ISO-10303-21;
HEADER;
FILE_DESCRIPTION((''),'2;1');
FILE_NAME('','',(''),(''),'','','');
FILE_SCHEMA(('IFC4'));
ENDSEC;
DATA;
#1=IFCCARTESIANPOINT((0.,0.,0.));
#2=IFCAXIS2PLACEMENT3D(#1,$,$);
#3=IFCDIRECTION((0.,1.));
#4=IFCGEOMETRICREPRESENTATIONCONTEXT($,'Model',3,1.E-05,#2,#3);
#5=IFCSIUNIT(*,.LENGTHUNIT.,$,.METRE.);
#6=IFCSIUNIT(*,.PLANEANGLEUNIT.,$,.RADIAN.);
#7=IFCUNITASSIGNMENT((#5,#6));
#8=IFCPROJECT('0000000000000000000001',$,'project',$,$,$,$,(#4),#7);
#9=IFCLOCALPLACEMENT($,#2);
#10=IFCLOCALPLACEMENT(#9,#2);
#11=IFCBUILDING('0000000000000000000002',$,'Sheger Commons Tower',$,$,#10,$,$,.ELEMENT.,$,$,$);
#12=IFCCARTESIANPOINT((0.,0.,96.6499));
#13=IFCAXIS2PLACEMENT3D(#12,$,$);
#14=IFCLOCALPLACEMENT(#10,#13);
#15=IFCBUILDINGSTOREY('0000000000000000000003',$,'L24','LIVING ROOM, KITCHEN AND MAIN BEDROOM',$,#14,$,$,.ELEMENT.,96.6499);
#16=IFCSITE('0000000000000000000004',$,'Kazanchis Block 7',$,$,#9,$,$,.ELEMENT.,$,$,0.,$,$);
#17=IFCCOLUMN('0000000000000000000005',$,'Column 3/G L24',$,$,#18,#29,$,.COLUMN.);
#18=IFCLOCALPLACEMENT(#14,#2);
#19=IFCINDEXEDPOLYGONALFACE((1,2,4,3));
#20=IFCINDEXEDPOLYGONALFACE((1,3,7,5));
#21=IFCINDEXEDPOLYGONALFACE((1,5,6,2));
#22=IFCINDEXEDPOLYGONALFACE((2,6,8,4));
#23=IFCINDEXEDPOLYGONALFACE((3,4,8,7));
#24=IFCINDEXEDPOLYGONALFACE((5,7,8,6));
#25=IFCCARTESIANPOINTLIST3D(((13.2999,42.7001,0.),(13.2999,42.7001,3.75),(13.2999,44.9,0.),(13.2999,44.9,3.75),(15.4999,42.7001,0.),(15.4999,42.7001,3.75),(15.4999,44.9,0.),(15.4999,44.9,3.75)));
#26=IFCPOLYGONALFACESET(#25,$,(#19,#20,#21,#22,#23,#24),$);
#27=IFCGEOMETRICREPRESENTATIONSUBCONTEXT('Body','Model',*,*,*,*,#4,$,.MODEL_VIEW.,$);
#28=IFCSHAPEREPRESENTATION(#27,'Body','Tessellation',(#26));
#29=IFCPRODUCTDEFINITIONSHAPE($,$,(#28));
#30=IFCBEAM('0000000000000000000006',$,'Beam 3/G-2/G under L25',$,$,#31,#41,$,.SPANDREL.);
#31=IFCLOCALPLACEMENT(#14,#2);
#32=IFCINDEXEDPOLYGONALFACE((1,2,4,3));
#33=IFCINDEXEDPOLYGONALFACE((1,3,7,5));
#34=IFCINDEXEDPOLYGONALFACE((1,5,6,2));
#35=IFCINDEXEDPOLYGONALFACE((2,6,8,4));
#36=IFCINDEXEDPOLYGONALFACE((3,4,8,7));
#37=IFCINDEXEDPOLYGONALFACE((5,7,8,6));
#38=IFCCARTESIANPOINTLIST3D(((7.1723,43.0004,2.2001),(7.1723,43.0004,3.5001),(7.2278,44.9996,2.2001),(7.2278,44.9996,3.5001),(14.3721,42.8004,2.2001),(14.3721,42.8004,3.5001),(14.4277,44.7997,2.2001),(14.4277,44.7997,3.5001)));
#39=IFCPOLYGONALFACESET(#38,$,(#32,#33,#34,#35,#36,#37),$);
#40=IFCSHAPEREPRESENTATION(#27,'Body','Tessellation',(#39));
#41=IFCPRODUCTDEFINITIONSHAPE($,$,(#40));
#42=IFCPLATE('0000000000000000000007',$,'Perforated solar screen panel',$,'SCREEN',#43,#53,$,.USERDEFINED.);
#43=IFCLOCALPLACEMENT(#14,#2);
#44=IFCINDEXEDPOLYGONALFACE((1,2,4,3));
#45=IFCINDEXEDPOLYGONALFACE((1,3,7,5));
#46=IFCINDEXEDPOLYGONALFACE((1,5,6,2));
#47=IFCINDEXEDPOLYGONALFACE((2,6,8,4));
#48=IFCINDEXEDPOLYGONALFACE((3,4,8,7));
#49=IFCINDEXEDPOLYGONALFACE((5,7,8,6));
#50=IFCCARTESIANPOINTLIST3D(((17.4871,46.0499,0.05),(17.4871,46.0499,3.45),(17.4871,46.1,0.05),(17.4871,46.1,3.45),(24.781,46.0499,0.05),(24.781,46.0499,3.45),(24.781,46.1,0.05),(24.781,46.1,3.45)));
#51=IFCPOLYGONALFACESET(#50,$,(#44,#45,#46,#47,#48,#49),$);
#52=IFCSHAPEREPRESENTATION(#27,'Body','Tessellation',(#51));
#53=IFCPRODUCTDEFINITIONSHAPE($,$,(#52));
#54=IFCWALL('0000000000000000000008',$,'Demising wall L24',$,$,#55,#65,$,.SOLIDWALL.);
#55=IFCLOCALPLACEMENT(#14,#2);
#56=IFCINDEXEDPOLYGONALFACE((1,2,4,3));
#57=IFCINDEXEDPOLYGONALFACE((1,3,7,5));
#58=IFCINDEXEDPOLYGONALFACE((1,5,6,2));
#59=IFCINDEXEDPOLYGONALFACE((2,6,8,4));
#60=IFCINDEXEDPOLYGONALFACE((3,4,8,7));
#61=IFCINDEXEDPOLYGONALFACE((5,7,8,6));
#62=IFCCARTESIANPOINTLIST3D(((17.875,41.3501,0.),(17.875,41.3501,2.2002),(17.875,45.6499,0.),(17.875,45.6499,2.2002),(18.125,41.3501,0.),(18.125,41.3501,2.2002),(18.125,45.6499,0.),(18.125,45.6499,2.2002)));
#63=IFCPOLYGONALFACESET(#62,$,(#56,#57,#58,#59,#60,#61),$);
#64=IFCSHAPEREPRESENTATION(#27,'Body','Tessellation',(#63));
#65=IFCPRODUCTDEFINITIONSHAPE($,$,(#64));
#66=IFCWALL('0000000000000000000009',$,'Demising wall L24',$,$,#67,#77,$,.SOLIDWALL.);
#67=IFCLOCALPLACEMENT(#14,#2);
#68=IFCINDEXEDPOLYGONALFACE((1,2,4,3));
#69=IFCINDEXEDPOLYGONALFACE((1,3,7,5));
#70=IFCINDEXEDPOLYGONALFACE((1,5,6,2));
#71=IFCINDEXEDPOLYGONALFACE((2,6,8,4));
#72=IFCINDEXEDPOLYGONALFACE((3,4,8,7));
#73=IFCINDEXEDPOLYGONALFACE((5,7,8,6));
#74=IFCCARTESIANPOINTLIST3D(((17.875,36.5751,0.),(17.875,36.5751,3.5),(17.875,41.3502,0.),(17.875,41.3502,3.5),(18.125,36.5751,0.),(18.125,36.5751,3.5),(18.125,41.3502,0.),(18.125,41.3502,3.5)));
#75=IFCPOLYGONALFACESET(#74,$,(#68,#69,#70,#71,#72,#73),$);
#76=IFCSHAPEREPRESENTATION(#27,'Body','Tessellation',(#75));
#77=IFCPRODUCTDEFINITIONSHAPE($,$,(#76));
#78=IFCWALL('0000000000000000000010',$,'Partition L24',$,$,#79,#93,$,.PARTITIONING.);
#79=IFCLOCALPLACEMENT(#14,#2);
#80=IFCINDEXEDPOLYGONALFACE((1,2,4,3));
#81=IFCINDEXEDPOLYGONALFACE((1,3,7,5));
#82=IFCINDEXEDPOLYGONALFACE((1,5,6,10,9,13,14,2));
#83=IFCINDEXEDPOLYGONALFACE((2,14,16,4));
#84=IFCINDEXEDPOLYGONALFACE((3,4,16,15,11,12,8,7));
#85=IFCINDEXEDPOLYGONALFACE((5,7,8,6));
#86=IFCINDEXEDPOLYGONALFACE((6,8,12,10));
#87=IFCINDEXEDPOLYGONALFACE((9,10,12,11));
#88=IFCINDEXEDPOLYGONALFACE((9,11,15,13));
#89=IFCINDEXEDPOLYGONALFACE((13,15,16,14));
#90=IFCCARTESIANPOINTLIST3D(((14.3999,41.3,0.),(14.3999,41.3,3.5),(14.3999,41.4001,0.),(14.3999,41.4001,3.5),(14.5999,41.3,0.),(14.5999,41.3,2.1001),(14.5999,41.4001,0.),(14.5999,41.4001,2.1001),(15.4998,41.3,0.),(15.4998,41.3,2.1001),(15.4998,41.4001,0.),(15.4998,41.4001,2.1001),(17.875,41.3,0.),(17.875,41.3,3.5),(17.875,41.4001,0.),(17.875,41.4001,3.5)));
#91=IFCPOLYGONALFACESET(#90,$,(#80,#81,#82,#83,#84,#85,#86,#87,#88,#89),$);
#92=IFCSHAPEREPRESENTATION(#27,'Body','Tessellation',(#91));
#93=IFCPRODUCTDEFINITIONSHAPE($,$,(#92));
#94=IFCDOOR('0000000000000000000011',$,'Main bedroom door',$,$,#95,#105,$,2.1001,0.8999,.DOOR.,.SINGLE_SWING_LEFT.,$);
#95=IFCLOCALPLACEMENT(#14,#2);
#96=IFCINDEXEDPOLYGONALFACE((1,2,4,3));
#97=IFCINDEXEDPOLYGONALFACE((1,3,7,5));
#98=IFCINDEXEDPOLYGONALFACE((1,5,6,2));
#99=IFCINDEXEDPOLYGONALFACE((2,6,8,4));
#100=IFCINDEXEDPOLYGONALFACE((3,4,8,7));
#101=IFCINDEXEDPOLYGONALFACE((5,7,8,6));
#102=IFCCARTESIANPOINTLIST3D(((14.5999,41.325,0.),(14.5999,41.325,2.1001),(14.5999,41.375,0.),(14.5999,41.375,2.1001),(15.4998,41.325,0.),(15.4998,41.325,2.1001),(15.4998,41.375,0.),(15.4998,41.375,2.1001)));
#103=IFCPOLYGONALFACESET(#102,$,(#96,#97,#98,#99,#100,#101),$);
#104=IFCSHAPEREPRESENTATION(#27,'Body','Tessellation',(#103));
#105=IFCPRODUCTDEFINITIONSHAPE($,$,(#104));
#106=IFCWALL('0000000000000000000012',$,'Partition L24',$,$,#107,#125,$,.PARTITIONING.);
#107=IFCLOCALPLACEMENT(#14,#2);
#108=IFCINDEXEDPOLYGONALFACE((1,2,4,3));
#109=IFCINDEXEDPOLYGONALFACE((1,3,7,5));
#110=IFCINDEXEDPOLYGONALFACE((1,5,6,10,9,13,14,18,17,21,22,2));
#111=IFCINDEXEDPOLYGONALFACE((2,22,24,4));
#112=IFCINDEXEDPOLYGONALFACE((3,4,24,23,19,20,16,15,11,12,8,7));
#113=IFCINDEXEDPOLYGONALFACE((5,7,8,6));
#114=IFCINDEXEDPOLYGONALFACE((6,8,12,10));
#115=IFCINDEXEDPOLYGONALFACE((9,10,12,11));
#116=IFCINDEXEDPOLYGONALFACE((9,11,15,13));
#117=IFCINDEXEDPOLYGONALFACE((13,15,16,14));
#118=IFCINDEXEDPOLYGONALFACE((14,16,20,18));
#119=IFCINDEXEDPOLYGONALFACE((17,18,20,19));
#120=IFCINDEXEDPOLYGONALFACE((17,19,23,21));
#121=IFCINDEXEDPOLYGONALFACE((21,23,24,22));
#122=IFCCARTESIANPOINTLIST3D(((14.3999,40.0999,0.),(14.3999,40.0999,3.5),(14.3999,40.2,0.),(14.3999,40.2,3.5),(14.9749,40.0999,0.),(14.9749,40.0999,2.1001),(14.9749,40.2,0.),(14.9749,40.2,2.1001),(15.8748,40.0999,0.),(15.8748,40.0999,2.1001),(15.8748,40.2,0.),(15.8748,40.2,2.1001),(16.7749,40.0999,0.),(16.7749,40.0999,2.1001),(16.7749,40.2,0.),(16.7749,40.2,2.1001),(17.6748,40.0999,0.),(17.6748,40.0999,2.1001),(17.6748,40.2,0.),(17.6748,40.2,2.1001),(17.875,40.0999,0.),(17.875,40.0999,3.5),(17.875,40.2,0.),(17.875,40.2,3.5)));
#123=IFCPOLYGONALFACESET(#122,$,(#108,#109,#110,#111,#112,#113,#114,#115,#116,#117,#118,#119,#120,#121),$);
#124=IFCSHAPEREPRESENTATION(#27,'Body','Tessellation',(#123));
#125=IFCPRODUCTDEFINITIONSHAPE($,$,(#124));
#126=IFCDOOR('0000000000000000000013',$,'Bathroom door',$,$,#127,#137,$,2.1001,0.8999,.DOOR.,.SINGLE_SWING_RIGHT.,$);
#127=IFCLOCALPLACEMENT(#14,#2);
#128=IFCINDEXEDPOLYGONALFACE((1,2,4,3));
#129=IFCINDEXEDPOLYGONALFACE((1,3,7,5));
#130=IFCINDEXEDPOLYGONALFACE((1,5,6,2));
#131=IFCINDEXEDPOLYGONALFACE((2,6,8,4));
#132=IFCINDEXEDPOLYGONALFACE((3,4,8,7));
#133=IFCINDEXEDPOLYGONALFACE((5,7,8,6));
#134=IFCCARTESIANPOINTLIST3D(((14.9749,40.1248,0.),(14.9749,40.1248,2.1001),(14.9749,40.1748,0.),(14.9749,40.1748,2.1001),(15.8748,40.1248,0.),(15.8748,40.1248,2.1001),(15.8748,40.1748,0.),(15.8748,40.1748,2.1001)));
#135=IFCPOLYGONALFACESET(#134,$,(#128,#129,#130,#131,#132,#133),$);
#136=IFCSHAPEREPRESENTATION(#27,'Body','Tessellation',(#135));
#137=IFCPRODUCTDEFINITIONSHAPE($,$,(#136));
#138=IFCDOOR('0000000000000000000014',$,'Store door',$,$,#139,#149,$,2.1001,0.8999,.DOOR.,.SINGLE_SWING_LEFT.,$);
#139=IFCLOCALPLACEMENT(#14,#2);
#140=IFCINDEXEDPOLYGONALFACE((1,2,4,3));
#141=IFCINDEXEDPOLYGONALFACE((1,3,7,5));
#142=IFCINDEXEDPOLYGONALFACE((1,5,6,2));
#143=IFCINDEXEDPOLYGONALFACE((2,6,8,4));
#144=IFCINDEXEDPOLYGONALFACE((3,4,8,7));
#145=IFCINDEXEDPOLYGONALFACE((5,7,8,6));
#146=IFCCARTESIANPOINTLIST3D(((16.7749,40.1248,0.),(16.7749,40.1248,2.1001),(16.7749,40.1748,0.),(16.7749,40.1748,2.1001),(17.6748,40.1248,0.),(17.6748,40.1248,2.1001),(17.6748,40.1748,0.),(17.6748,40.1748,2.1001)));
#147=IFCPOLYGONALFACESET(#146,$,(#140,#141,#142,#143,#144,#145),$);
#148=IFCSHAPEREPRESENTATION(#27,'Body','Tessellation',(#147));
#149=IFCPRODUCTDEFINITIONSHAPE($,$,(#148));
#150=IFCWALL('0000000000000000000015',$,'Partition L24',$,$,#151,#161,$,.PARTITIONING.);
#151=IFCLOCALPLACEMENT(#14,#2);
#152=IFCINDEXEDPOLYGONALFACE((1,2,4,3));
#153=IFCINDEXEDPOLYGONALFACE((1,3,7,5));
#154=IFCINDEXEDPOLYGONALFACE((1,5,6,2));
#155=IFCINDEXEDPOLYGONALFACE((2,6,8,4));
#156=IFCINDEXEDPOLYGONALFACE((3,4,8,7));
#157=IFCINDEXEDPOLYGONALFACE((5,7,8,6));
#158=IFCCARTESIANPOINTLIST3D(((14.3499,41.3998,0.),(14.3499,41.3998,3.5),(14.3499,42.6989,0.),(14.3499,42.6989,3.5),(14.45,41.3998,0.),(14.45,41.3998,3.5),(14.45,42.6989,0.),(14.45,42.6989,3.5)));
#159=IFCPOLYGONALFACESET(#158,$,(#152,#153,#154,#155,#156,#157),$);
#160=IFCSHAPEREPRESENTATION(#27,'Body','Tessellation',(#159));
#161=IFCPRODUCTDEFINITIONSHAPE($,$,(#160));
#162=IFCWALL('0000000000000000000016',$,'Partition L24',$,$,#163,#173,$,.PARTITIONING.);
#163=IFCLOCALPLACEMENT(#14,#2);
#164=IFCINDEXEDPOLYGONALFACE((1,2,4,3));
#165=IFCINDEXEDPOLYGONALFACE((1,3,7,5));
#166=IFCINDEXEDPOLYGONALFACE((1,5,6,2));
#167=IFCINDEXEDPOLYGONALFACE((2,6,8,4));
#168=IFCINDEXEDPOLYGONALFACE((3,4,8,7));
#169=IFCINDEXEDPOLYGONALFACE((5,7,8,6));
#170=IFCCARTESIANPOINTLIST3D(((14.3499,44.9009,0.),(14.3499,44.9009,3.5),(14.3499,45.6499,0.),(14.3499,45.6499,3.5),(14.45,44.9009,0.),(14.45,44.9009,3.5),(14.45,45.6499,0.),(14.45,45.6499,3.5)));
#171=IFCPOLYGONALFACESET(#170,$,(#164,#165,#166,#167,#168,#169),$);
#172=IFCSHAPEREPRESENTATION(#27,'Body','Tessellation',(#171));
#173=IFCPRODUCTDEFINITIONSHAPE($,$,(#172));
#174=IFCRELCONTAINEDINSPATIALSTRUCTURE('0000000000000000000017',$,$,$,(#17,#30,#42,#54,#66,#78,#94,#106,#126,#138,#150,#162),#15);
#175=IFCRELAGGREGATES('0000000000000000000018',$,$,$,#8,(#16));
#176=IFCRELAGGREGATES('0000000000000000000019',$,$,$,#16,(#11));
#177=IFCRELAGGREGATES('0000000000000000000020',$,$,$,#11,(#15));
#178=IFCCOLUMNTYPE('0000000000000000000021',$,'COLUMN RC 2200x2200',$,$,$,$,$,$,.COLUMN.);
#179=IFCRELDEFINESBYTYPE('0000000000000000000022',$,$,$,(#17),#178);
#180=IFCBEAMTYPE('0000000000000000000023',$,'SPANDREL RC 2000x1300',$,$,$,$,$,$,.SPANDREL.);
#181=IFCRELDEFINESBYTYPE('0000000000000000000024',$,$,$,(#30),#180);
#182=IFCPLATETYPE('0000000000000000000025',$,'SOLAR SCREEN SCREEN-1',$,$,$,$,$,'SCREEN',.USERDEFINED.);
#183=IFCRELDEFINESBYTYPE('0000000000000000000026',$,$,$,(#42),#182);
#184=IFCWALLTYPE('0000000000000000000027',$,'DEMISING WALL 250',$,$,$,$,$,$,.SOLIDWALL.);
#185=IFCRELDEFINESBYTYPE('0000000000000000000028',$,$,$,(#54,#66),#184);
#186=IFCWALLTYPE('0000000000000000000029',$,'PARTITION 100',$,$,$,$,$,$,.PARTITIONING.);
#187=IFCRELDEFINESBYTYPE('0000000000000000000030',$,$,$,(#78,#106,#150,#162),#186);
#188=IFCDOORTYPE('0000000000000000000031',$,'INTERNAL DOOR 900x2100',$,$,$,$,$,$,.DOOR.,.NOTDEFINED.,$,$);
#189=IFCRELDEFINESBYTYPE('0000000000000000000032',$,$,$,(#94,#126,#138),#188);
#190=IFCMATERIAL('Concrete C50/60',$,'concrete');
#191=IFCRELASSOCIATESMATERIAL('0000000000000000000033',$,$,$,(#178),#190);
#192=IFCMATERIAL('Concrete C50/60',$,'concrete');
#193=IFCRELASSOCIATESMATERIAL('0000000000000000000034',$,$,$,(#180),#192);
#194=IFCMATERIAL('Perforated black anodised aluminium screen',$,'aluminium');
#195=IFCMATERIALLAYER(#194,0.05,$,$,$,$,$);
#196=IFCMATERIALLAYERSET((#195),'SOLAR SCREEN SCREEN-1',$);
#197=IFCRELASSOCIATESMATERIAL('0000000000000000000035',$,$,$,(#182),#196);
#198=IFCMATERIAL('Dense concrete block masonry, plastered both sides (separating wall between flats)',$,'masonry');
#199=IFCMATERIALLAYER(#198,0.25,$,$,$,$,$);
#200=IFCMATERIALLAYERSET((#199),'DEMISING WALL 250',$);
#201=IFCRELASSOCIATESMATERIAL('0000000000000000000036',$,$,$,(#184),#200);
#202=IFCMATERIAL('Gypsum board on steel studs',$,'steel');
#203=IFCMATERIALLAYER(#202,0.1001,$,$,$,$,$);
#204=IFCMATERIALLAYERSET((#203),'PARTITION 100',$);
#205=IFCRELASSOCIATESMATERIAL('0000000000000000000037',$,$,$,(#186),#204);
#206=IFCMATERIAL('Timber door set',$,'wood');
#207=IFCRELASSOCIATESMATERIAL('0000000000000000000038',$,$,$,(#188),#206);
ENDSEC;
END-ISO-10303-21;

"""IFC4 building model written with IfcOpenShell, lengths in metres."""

from ifc_helpers import new_model, si_unit, direction, frame, frame_2d, origin, origin_2d, place, context, subcontext, project, spatial, rectangle, extrude, material, layer, layer_set, material_profile, profile_set, type_object, element, fill, save


model = new_model("IFC4")

# Units and contexts
model_context = context("Model", 3, precision=1e-05, world=origin(), true_north=direction((0.0, 1.0)))
body_context = subcontext(model_context, "Body", "Model", "MODEL_VIEW")
ifc_project = project(units=[si_unit("LENGTHUNIT", "METRE"), si_unit("PLANEANGLEUNIT", "RADIAN")], contexts=[model_context])

# Site, building, storey
site_placement = place(None, origin())
site = spatial("IfcSite", under=ifc_project, at=site_placement, Name="Kazanchis Block 7", CompositionType="ELEMENT", RefElevation=0.0)
building_placement = place(site_placement, origin())
building = spatial("IfcBuilding", under=site, at=building_placement, Name="Sheger Commons Tower", CompositionType="ELEMENT")
storey_placement = place(building_placement, frame((0.0, 0.0, 96.6499)))
storey = spatial("IfcBuildingStorey", under=building, at=storey_placement, Name="L24", Description="LIVING ROOM, KITCHEN AND MAIN BEDROOM", CompositionType="ELEMENT", Elevation=96.6499)

# Column
ifc_material_1 = material(Name="Concrete C50/60", Category="concrete")
ifc_material_profile_1 = material_profile(ifc_material_1, rectangle(XDim=2.2, YDim=2.2, at=origin_2d()), Name="RC 2200x2200")
ifc_profile_set_1 = profile_set([ifc_material_profile_1], Name="Concrete C50/60")
column_type = type_object("IfcColumnType", Name="COLUMN RC 2200x2200", PredefinedType="COLUMN", material=ifc_profile_set_1)
column_placement = place(storey_placement, frame((14.3999, 43.8, 0.0), z_axis=(0.0, 0.0, 1.0), x_axis=(1.0, 0.0, 0.0)))
element("IfcColumn", 1, at=column_placement, inside=storey, type_object=column_type, Name="Column 3/G L24", PredefinedType="COLUMN", context=body_context, shape_type="SweptSolid", body=[
    extrude(rectangle(XDim=2.2, YDim=2.2, at=origin_2d()), origin(), (0.0, 0.0, 1.0), 3.75),
])

# Beam
ifc_material_2 = material(Name="Concrete C50/60", Category="concrete")
ifc_material_profile_2 = material_profile(ifc_material_2, rectangle(XDim=2.0, YDim=1.3, at=origin_2d()), Name="RC 2000x1300")
ifc_profile_set_2 = profile_set([ifc_material_profile_2], Name="Concrete C50/60")
beam_type = type_object("IfcBeamType", Name="SPANDREL RC 2000x1300", PredefinedType="SPANDREL", material=ifc_profile_set_2)
beam_placement = place(storey_placement, frame((14.3999, 43.8, 2.8501), z_axis=(-0.999615, 0.02776, 0.0), x_axis=(-0.02776, -0.999615, 0.0)))
element("IfcBeam", 2, at=beam_placement, inside=storey, type_object=beam_type, Name="Beam 3/G-2/G under L25", PredefinedType="SPANDREL", context=body_context, shape_type="SweptSolid", body=[
    extrude(rectangle(XDim=2.0, YDim=1.3, at=origin_2d()), origin(), (0.0, 0.0, 1.0), 7.2026),
])

# Plate
ifc_material_3 = material(Name="Perforated black anodised aluminium screen", Category="aluminium")
ifc_layer_1 = layer(ifc_material_3, 0.05)
ifc_layer_set_1 = layer_set([ifc_layer_1], Name="SOLAR SCREEN SCREEN-1")
plate_type = type_object("IfcPlateType", Name="SOLAR SCREEN SCREEN-1", ElementType="SCREEN", PredefinedType="USERDEFINED", material=ifc_layer_set_1)
plate_placement = place(storey_placement, frame((21.134, 46.075, 0.05), z_axis=(0.0, 0.0, 1.0), x_axis=(-1.0, 0.0, 0.0)))
element("IfcPlate", 3, at=plate_placement, inside=storey, type_object=plate_type, Name="Perforated solar screen panel", ObjectType="SCREEN", PredefinedType="USERDEFINED", context=body_context, shape_type="SweptSolid", body=[
    extrude(rectangle(XDim=7.2939, YDim=0.05, at=origin_2d()), origin(), (0.0, 0.0, 1.0), 3.3999),
])

# Walls
ifc_material_4 = material(Name="Dense concrete block masonry, plastered both sides (separating wall between flats)", Category="masonry")
ifc_layer_2 = layer(ifc_material_4, 0.25)
ifc_layer_set_2 = layer_set([ifc_layer_2], Name="DEMISING WALL 250")
wall_type_1 = type_object("IfcWallType", Name="DEMISING WALL 250", PredefinedType="SOLIDWALL", material=ifc_layer_set_2)
wall_1_placement = place(storey_placement, frame((18.0, 41.3501, 0.0), z_axis=(0.0, 0.0, 1.0), x_axis=(0.0, 1.0, 0.0)))
element("IfcWall", 4, at=wall_1_placement, inside=storey, type_object=wall_type_1, Name="Demising wall L24", PredefinedType="SOLIDWALL", context=body_context, shape_type="SweptSolid", body=[
    extrude(rectangle(XDim=4.2998, YDim=0.25, at=frame_2d((2.1499, 0.0))), origin(), (0.0, 0.0, 1.0), 2.2002),
])
wall_2_placement = place(storey_placement, frame((18.0, 36.575, 0.0), z_axis=(0.0, 0.0, 1.0), x_axis=(0.0, 1.0, 0.0)))
element("IfcWall", 5, at=wall_2_placement, inside=storey, type_object=wall_type_1, Name="Demising wall L24", PredefinedType="SOLIDWALL", context=body_context, shape_type="SweptSolid", body=[
    extrude(rectangle(XDim=4.7751, YDim=0.25, at=frame_2d((2.3877, 0.0))), origin(), (0.0, 0.0, 1.0), 3.5),
])

# Wall, opening, door
ifc_material_5 = material(Name="Gypsum board on steel studs", Category="steel")
ifc_layer_3 = layer(ifc_material_5, 0.1001)
ifc_layer_set_3 = layer_set([ifc_layer_3], Name="PARTITION 100")
wall_type_2 = type_object("IfcWallType", Name="PARTITION 100", PredefinedType="PARTITIONING", material=ifc_layer_set_3)
wall_3_placement = place(storey_placement, frame((14.3999, 41.3501, 0.0), z_axis=(0.0, 0.0, 1.0), x_axis=(1.0, 0.0, 0.0)))
wall_3 = element("IfcWall", 6, at=wall_3_placement, inside=storey, type_object=wall_type_2, Name="Partition L24", PredefinedType="PARTITIONING", context=body_context, shape_type="SweptSolid", body=[
    extrude(rectangle(XDim=3.4751, YDim=0.1001, at=frame_2d((1.7375, 0.0))), origin(), (0.0, 0.0, 1.0), 3.5),
])
opening_1_placement = place(wall_3_placement, frame((0.2, 0.0, 0.0)))
opening_1 = element("IfcOpeningElement", 7, at=opening_1_placement, cuts=wall_3, PredefinedType="OPENING", context=body_context, shape_type="SweptSolid", body=[
    extrude(rectangle(XDim=0.8999, YDim=2.1001, at=frame_2d((0.45, 1.05))), frame((0.0, 0.0601, 0.0), z_axis=(0.0, -1.0, 0.0), x_axis=(1.0, 0.0, 0.0)), (0.0, 0.0, 1.0), 0.1201),
])
ifc_material_6 = material(Name="Timber door set", Category="wood")
door_type_1 = type_object("IfcDoorType", Name="INTERNAL DOOR 900x2100", OperationType="NOTDEFINED", PredefinedType="DOOR", material=ifc_material_6)
door_1_placement = place(opening_1_placement, origin())
door_1 = element("IfcDoor", 8, at=door_1_placement, inside=storey, type_object=door_type_1, Name="Main bedroom door", OperationType="SINGLE_SWING_LEFT", OverallHeight=2.1001, OverallWidth=0.8999, PredefinedType="DOOR", context=body_context, shape_type="SweptSolid", body=[
    extrude(rectangle(XDim=0.8999, YDim=2.1001, at=frame_2d((0.45, 1.05))), frame((0.0, 0.0249, 0.0), z_axis=(0.0, -1.0, 0.0), x_axis=(1.0, 0.0, 0.0)), (0.0, 0.0, 1.0), 0.05),
])
fill(opening_1, door_1)

# Wall, openings, doors
wall_4_placement = place(storey_placement, frame((14.3999, 40.1499, 0.0), z_axis=(0.0, 0.0, 1.0), x_axis=(1.0, 0.0, 0.0)))
wall_4 = element("IfcWall", 9, at=wall_4_placement, inside=storey, type_object=wall_type_2, Name="Partition L24", PredefinedType="PARTITIONING", context=body_context, shape_type="SweptSolid", body=[
    extrude(rectangle(XDim=3.4751, YDim=0.1001, at=frame_2d((1.7375, 0.0))), origin(), (0.0, 0.0, 1.0), 3.5),
])
opening_2_placement = place(wall_4_placement, frame((0.575, 0.0, 0.0)))
opening_2 = element("IfcOpeningElement", 10, at=opening_2_placement, cuts=wall_4, PredefinedType="OPENING", context=body_context, shape_type="SweptSolid", body=[
    extrude(rectangle(XDim=0.8999, YDim=2.1001, at=frame_2d((0.45, 1.05))), frame((0.0, 0.0601, 0.0), z_axis=(0.0, -1.0, 0.0), x_axis=(1.0, 0.0, 0.0)), (0.0, 0.0, 1.0), 0.1201),
])
opening_3_placement = place(wall_4_placement, frame((2.375, 0.0, 0.0)))
opening_3 = element("IfcOpeningElement", 11, at=opening_3_placement, cuts=wall_4, PredefinedType="OPENING", context=body_context, shape_type="SweptSolid", body=[
    extrude(rectangle(XDim=0.8999, YDim=2.1001, at=frame_2d((0.45, 1.05))), frame((0.0, 0.0601, 0.0), z_axis=(0.0, -1.0, 0.0), x_axis=(1.0, 0.0, 0.0)), (0.0, 0.0, 1.0), 0.1201),
])
door_2_placement = place(opening_2_placement, origin())
door_2 = element("IfcDoor", 12, at=door_2_placement, inside=storey, type_object=door_type_1, Name="Bathroom door", OperationType="SINGLE_SWING_RIGHT", OverallHeight=2.1001, OverallWidth=0.8999, PredefinedType="DOOR", context=body_context, shape_type="SweptSolid", body=[
    extrude(rectangle(XDim=0.8999, YDim=2.1001, at=frame_2d((0.45, 1.05))), frame((0.0, 0.0249, 0.0), z_axis=(0.0, -1.0, 0.0), x_axis=(1.0, 0.0, 0.0)), (0.0, 0.0, 1.0), 0.05),
])
fill(opening_2, door_2)
door_3_placement = place(opening_3_placement, origin())
door_3 = element("IfcDoor", 13, at=door_3_placement, inside=storey, type_object=door_type_1, Name="Store door", OperationType="SINGLE_SWING_LEFT", OverallHeight=2.1001, OverallWidth=0.8999, PredefinedType="DOOR", context=body_context, shape_type="SweptSolid", body=[
    extrude(rectangle(XDim=0.8999, YDim=2.1001, at=frame_2d((0.45, 1.05))), frame((0.0, 0.0249, 0.0), z_axis=(0.0, -1.0, 0.0), x_axis=(1.0, 0.0, 0.0)), (0.0, 0.0, 1.0), 0.05),
])
fill(opening_3, door_3)

# Walls
wall_5_placement = place(storey_placement, frame((14.3999, 41.3999, 0.0), z_axis=(0.0, 0.0, 1.0), x_axis=(0.0, 1.0, 0.0)))
element("IfcWall", 14, at=wall_5_placement, inside=storey, type_object=wall_type_2, Name="Partition L24", PredefinedType="PARTITIONING", context=body_context, shape_type="SweptSolid", body=[
    extrude(rectangle(XDim=1.2991, YDim=0.1001, at=frame_2d((0.6494, 0.0))), origin(), (0.0, 0.0, 1.0), 3.5),
])
wall_6_placement = place(storey_placement, frame((14.3999, 44.9009, 0.0), z_axis=(0.0, 0.0, 1.0), x_axis=(0.0, 1.0, 0.0)))
element("IfcWall", 15, at=wall_6_placement, inside=storey, type_object=wall_type_2, Name="Partition L24", PredefinedType="PARTITIONING", context=body_context, shape_type="SweptSolid", body=[
    extrude(rectangle(XDim=0.749, YDim=0.1001, at=frame_2d((0.3745, 0.0))), origin(), (0.0, 0.0, 1.0), 3.5),
])

save(model, "model.ifc")
